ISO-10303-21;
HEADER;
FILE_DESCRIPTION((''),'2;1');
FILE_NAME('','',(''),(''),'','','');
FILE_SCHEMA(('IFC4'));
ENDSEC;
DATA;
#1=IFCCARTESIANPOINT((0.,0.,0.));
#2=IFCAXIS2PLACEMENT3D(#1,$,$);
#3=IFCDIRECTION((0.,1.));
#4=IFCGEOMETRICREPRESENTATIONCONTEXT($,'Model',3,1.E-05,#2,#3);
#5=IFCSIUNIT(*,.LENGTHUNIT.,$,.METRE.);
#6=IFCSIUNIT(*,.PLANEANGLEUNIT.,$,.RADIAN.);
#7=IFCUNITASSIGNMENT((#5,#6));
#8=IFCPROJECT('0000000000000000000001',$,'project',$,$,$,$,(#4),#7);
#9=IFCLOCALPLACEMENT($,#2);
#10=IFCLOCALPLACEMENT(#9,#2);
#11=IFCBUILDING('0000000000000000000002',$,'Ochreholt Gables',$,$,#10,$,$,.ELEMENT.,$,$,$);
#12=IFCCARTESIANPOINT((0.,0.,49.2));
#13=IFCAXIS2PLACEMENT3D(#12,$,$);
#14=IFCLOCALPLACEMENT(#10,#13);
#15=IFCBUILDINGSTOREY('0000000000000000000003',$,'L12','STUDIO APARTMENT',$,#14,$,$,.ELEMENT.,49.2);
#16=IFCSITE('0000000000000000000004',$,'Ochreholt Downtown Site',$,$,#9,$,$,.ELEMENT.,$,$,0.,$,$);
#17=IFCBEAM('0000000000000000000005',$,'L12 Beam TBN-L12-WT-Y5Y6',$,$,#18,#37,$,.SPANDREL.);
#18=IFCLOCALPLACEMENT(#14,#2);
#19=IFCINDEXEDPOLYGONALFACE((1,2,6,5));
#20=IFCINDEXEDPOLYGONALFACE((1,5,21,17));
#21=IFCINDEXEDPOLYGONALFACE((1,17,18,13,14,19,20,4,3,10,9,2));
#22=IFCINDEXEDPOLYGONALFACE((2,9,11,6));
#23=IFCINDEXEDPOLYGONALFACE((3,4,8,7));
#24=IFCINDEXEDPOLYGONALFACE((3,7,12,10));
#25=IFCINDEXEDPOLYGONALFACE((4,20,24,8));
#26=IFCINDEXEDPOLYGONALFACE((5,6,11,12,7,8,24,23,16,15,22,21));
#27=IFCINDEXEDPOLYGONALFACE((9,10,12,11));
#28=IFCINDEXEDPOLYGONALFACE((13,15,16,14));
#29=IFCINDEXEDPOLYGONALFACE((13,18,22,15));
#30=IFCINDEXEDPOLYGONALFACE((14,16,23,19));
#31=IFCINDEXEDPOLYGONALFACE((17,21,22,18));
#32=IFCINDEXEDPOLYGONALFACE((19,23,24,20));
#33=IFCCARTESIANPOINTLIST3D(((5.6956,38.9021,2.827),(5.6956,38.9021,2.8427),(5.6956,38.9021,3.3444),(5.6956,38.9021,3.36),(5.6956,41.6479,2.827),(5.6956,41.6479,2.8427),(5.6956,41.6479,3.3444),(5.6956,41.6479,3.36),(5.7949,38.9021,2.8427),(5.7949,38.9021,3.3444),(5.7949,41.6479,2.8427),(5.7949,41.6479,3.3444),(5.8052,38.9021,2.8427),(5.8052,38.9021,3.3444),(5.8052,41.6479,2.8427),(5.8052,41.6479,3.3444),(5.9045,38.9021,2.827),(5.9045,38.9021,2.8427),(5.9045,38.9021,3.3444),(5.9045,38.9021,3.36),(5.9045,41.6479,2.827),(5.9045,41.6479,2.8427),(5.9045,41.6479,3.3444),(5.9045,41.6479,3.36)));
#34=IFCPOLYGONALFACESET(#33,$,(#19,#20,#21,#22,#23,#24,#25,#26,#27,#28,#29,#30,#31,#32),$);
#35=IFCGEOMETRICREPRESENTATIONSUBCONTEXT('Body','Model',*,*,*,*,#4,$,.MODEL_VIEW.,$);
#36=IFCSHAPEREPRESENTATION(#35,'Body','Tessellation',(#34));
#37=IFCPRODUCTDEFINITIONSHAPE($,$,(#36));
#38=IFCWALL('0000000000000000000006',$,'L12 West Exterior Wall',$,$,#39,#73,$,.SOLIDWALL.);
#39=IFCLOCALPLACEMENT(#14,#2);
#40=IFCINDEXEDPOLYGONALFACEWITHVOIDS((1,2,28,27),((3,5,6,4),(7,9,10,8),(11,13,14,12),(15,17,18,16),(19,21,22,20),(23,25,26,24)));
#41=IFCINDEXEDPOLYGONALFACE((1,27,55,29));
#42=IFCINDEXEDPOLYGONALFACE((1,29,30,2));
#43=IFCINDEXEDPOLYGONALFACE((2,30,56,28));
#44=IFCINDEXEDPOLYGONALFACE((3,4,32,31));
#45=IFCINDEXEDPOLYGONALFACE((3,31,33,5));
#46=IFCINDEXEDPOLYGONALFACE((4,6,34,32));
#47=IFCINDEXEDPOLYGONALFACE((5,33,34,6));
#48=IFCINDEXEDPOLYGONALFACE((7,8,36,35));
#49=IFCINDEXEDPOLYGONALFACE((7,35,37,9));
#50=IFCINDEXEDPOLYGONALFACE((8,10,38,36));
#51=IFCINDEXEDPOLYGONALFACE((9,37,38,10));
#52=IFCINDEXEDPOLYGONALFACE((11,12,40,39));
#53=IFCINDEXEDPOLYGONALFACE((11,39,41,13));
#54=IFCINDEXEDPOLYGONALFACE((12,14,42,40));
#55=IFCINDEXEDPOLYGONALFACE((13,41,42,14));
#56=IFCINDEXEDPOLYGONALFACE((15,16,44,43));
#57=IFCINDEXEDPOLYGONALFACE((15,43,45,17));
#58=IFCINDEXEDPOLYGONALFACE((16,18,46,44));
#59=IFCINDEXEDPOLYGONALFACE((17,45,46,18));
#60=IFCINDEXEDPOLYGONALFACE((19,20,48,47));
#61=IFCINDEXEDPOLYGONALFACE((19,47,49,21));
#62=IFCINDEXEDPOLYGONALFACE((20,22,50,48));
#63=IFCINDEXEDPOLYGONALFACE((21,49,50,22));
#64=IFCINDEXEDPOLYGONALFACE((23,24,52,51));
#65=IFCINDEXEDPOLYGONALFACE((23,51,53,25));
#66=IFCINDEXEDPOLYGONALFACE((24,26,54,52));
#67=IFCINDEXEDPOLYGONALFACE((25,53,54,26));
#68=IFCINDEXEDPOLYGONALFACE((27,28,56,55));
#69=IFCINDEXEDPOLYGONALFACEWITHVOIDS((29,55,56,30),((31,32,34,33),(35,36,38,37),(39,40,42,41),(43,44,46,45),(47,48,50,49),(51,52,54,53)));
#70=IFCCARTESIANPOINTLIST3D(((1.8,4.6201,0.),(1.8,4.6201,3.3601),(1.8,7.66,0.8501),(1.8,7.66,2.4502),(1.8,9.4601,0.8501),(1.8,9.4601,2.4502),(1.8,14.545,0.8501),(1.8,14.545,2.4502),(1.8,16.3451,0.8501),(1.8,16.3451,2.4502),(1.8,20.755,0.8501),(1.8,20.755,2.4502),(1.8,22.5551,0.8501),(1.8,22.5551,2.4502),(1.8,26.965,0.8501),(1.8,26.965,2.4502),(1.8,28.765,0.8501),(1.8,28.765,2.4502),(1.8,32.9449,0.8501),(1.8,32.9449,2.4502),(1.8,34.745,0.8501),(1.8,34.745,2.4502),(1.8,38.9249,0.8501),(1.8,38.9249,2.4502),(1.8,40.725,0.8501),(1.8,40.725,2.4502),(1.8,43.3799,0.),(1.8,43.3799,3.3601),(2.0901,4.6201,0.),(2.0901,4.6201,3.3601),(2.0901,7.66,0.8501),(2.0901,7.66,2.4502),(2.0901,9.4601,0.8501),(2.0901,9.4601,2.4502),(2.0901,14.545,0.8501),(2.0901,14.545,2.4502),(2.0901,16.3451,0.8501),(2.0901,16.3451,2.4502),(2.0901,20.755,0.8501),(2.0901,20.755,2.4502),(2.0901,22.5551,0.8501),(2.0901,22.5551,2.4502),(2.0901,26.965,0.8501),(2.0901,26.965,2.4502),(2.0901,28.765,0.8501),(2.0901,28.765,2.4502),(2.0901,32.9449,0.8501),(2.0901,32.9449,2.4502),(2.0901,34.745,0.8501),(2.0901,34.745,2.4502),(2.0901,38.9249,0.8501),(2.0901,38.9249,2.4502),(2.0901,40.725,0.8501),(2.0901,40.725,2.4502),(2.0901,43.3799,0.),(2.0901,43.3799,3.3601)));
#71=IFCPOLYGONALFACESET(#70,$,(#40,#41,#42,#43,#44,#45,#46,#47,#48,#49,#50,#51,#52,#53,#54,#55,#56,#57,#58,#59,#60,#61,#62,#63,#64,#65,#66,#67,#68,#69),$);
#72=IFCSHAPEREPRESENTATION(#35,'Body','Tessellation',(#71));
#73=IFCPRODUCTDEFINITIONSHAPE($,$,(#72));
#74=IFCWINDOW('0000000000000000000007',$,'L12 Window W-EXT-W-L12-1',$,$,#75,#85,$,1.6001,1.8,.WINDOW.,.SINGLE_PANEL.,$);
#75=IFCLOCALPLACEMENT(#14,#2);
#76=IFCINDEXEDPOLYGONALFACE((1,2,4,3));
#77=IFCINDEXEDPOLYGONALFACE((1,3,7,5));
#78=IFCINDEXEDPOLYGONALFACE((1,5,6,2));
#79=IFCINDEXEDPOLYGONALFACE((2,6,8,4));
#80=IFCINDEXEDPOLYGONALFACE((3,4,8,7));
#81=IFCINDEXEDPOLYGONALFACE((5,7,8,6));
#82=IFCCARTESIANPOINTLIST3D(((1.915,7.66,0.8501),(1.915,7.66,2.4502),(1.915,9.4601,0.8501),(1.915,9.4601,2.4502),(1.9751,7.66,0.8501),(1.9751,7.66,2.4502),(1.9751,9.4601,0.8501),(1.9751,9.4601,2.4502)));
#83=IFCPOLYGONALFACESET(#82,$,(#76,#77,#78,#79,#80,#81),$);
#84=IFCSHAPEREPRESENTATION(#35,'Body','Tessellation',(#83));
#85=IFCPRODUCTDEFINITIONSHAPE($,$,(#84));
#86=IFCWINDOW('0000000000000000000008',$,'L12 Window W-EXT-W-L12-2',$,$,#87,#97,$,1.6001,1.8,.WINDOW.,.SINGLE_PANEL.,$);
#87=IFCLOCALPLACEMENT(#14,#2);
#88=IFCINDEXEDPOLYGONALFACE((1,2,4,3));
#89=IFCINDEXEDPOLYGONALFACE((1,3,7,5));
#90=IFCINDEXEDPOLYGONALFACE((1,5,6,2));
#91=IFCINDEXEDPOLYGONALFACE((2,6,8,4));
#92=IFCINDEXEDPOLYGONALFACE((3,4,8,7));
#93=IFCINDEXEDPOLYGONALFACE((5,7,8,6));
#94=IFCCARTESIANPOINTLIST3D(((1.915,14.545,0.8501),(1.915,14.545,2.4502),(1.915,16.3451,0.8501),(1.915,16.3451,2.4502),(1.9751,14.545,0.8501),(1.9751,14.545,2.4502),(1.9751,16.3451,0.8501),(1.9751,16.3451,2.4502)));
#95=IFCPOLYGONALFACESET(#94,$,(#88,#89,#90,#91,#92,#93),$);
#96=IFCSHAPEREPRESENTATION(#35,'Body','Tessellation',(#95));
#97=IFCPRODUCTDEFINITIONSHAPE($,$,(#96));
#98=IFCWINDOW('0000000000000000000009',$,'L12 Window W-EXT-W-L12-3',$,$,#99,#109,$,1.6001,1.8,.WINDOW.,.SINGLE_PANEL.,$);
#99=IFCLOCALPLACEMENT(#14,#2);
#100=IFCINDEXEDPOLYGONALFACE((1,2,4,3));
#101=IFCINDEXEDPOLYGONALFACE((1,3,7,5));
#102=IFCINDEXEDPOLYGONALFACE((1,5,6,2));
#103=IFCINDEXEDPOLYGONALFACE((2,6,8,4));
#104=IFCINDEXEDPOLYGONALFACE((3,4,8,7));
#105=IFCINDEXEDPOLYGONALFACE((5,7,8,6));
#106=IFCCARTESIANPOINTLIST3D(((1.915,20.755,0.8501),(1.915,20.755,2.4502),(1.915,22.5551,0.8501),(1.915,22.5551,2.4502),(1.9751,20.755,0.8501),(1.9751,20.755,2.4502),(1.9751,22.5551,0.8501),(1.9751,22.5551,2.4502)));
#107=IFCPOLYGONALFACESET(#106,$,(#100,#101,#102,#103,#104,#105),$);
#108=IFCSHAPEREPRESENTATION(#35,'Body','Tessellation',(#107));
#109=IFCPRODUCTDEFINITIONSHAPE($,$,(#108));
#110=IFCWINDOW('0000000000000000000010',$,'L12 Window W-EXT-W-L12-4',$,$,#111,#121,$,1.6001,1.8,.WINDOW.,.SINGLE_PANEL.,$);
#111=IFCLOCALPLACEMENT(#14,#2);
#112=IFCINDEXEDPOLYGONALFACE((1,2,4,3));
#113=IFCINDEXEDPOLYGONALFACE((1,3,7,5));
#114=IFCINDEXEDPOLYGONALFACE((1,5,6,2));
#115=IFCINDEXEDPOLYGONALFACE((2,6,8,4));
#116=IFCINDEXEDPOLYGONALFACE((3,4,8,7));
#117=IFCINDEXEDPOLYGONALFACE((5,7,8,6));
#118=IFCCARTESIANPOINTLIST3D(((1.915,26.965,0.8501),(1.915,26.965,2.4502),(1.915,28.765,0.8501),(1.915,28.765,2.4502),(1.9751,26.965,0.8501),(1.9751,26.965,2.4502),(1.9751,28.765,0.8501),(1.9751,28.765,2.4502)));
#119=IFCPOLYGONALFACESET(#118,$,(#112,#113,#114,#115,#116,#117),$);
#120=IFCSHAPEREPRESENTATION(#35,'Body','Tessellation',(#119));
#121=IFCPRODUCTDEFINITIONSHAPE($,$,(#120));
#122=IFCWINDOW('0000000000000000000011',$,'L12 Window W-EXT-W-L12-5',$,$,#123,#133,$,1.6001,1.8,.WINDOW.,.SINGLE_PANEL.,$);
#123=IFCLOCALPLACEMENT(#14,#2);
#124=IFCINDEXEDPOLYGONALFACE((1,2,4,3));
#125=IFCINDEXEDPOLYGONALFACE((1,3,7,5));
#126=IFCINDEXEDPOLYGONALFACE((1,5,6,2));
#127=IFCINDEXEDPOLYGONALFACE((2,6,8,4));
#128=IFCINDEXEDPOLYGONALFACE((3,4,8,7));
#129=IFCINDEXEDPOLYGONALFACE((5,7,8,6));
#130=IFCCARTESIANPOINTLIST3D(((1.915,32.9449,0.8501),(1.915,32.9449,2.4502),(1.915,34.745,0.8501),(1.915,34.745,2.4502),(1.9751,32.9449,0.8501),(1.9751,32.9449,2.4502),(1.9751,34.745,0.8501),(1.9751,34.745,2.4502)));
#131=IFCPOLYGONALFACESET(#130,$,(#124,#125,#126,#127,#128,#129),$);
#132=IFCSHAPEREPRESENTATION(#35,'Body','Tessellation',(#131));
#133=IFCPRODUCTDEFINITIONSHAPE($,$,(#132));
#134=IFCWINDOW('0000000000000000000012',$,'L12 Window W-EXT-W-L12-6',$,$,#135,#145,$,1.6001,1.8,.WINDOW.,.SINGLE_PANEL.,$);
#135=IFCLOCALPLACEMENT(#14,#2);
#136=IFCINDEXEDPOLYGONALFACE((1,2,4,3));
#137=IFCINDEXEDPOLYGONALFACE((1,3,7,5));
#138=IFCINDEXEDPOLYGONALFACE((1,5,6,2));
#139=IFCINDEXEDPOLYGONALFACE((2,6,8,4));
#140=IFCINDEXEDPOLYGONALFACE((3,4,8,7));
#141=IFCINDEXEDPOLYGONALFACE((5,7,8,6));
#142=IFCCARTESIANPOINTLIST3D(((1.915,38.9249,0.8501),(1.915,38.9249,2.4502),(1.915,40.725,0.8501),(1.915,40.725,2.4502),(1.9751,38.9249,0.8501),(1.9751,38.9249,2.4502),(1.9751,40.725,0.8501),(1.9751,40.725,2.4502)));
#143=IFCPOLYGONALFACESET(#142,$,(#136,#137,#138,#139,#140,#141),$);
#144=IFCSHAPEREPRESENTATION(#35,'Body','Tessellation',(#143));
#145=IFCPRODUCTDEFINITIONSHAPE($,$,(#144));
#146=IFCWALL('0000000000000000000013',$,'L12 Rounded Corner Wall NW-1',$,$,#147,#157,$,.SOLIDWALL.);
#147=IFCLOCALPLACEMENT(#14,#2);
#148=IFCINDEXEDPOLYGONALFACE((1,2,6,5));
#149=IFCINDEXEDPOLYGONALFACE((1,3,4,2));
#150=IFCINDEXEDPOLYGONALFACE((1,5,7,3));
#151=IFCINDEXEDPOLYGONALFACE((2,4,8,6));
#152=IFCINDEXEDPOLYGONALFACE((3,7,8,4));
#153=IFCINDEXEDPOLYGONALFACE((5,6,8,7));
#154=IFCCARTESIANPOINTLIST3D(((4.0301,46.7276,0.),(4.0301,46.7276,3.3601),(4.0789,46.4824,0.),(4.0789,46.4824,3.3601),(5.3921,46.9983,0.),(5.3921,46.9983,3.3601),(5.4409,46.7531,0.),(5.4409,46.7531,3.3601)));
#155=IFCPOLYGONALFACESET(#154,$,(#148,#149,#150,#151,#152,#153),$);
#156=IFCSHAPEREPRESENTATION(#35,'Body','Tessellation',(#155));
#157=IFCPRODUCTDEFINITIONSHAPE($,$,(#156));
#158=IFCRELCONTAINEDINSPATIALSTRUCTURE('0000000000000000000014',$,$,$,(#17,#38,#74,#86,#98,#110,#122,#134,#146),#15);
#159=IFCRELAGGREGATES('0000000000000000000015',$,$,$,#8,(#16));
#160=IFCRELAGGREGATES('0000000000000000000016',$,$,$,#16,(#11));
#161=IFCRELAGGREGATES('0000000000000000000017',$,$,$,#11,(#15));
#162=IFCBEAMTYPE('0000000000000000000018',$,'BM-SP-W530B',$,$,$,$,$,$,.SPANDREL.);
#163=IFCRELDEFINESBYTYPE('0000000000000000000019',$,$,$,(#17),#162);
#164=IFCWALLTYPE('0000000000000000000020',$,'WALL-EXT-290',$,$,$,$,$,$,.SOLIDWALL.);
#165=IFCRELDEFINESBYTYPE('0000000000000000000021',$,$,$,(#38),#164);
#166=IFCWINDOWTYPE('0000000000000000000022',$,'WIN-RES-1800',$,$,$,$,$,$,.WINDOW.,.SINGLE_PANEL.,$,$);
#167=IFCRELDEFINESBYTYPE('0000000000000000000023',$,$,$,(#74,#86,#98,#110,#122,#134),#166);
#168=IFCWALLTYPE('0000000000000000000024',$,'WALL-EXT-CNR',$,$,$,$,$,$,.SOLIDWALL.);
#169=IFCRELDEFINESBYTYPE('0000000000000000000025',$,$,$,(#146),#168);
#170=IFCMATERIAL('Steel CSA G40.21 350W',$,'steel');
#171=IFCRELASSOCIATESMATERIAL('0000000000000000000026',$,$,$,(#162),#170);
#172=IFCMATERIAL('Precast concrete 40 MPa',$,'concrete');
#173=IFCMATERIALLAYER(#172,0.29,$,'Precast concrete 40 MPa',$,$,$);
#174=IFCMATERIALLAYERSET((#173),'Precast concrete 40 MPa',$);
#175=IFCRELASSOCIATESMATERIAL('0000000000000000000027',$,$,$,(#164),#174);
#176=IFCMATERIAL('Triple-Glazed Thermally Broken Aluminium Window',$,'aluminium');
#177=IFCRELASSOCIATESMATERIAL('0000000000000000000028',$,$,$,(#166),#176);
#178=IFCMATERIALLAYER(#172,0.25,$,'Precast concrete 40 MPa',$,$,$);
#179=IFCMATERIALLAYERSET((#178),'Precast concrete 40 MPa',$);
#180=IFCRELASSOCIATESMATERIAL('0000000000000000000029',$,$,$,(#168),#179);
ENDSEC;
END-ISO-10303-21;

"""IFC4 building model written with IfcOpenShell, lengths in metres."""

from ifc_helpers import new_model, si_unit, direction, frame, frame_2d, origin, origin_2d, place, context, subcontext, project, spatial, rectangle, i_section, extrude, material, layer, layer_set, material_profile, profile_set, type_object, element, fill, save


model = new_model("IFC4")

# Units and contexts
model_context = context("Model", 3, precision=1e-05, world=origin(), true_north=direction((0.0, 1.0)))
body_context = subcontext(model_context, "Body", "Model", "MODEL_VIEW")
ifc_project = project(units=[si_unit("LENGTHUNIT", "METRE"), si_unit("PLANEANGLEUNIT", "RADIAN")], contexts=[model_context])

# Site, building, storey
site_placement = place(None, origin())
site = spatial("IfcSite", under=ifc_project, at=site_placement, Name="Ochreholt Downtown Site", CompositionType="ELEMENT", RefElevation=0.0)
building_placement = place(site_placement, origin())
building = spatial("IfcBuilding", under=site, at=building_placement, Name="Ochreholt Gables", CompositionType="ELEMENT")
storey_placement = place(building_placement, frame((0.0, 0.0, 49.2)))
storey = spatial("IfcBuildingStorey", under=building, at=storey_placement, Name="L12", Description="STUDIO APARTMENT", CompositionType="ELEMENT", Elevation=49.2)

# Shared definitions
ifc_material_1 = material(Name="Steel CSA G40.21 350W", Category="steel")

# Beam
ifc_material_profile_1 = material_profile(ifc_material_1, i_section(OverallWidth=0.209, OverallDepth=0.533, WebThickness=0.0103, FlangeThickness=0.0156, at=origin_2d()), Name="W530X92")
ifc_profile_set_1 = profile_set([ifc_material_profile_1], Name="Steel CSA G40.21 350W")
beam_type_1 = type_object("IfcBeamType", Name="BM-SP-W530B", PredefinedType="SPANDREL", material=ifc_profile_set_1)
beam_1_placement = place(storey_placement, frame((5.8, 38.9021, 3.0935), z_axis=(0.0, 1.0, 0.0), x_axis=(-1.0, 0.0, 0.0)))
element("IfcBeam", 1, at=beam_1_placement, inside=storey, type_object=beam_type_1, Name="L12 Beam TBN-L12-WT-Y5Y6", PredefinedType="SPANDREL", context=body_context, shape_type="SweptSolid", body=[
    extrude(i_section(OverallWidth=0.209, OverallDepth=0.533, WebThickness=0.0103, FlangeThickness=0.0156, at=origin_2d()), origin(), (0.0, 0.0, 1.0), 2.7458),
])

# Wall, openings, windows
ifc_material_2 = material(Name="Precast concrete 40 MPa", Category="concrete")
ifc_layer_1 = layer(ifc_material_2, 0.29, Name="Precast concrete 40 MPa")
ifc_layer_set_1 = layer_set([ifc_layer_1], Name="Precast concrete 40 MPa")
wall_type_1 = type_object("IfcWallType", Name="WALL-EXT-290", PredefinedType="SOLIDWALL", material=ifc_layer_set_1)
wall_1_placement = place(storey_placement, frame((1.9451, 43.3799, 0.0), z_axis=(0.0, 0.0, 1.0), x_axis=(0.0, -1.0, 0.0)))
wall_1 = element("IfcWall", 2, at=wall_1_placement, inside=storey, type_object=wall_type_1, Name="L12 West Exterior Wall", PredefinedType="SOLIDWALL", context=body_context, shape_type="SweptSolid", body=[
    extrude(rectangle(XDim=38.7598, YDim=0.29, at=frame_2d((19.3799, 0.0))), origin(), (0.0, 0.0, 1.0), 3.3601),
])
opening_1_placement = place(wall_1_placement, frame((33.9199, 0.0, 0.8501)))
opening_1 = element("IfcOpeningElement", 3, at=opening_1_placement, cuts=wall_1, PredefinedType="OPENING", context=body_context, shape_type="SweptSolid", body=[
    extrude(rectangle(XDim=1.8, YDim=1.6001, at=frame_2d((0.8999, 0.8))), frame((0.0, 0.155, 0.0), z_axis=(0.0, -1.0, 0.0), x_axis=(1.0, 0.0, 0.0)), (0.0, 0.0, 1.0), 0.3101),
])
opening_2_placement = place(wall_1_placement, frame((27.0349, 0.0, 0.8501)))
opening_2 = element("IfcOpeningElement", 4, at=opening_2_placement, cuts=wall_1, PredefinedType="OPENING", context=body_context, shape_type="SweptSolid", body=[
    extrude(rectangle(XDim=1.8, YDim=1.6001, at=frame_2d((0.8999, 0.8))), frame((0.0, 0.155, 0.0), z_axis=(0.0, -1.0, 0.0), x_axis=(1.0, 0.0, 0.0)), (0.0, 0.0, 1.0), 0.3101),
])
opening_3_placement = place(wall_1_placement, frame((20.825, 0.0, 0.8501)))
opening_3 = element("IfcOpeningElement", 5, at=opening_3_placement, cuts=wall_1, PredefinedType="OPENING", context=body_context, shape_type="SweptSolid", body=[
    extrude(rectangle(XDim=1.8, YDim=1.6001, at=frame_2d((0.8999, 0.8))), frame((0.0, 0.155, 0.0), z_axis=(0.0, -1.0, 0.0), x_axis=(1.0, 0.0, 0.0)), (0.0, 0.0, 1.0), 0.3101),
])
opening_4_placement = place(wall_1_placement, frame((14.615, 0.0, 0.8501)))
opening_4 = element("IfcOpeningElement", 6, at=opening_4_placement, cuts=wall_1, PredefinedType="OPENING", context=body_context, shape_type="SweptSolid", body=[
    extrude(rectangle(XDim=1.8, YDim=1.6001, at=frame_2d((0.8999, 0.8))), frame((0.0, 0.155, 0.0), z_axis=(0.0, -1.0, 0.0), x_axis=(1.0, 0.0, 0.0)), (0.0, 0.0, 1.0), 0.3101),
])
opening_5_placement = place(wall_1_placement, frame((8.635, 0.0, 0.8501)))
opening_5 = element("IfcOpeningElement", 7, at=opening_5_placement, cuts=wall_1, PredefinedType="OPENING", context=body_context, shape_type="SweptSolid", body=[
    extrude(rectangle(XDim=1.8, YDim=1.6001, at=frame_2d((0.8999, 0.8))), frame((0.0, 0.155, 0.0), z_axis=(0.0, -1.0, 0.0), x_axis=(1.0, 0.0, 0.0)), (0.0, 0.0, 1.0), 0.3101),
])
opening_6_placement = place(wall_1_placement, frame((2.655, 0.0, 0.8501)))
opening_6 = element("IfcOpeningElement", 8, at=opening_6_placement, cuts=wall_1, PredefinedType="OPENING", context=body_context, shape_type="SweptSolid", body=[
    extrude(rectangle(XDim=1.8, YDim=1.6001, at=frame_2d((0.8999, 0.8))), frame((0.0, 0.155, 0.0), z_axis=(0.0, -1.0, 0.0), x_axis=(1.0, 0.0, 0.0)), (0.0, 0.0, 1.0), 0.3101),
])
ifc_material_3 = material(Name="Triple-Glazed Thermally Broken Aluminium Window", Category="aluminium")
window_type_1 = type_object("IfcWindowType", Name="WIN-RES-1800", PartitioningType="SINGLE_PANEL", PredefinedType="WINDOW", material=ifc_material_3)
window_1_placement = place(opening_1_placement, origin())
window_1 = element("IfcWindow", 9, at=window_1_placement, inside=storey, type_object=window_type_1, Name="L12 Window W-EXT-W-L12-1", OverallHeight=1.6001, OverallWidth=1.8, PartitioningType="SINGLE_PANEL", PredefinedType="WINDOW", context=body_context, shape_type="SweptSolid", body=[
    extrude(rectangle(XDim=1.8, YDim=1.6001, at=frame_2d((0.8999, 0.8))), frame((0.0, 0.03, 0.0), z_axis=(0.0, -1.0, 0.0), x_axis=(1.0, 0.0, 0.0)), (0.0, 0.0, 1.0), 0.0601),
])
fill(opening_1, window_1)
window_2_placement = place(opening_2_placement, origin())
window_2 = element("IfcWindow", 10, at=window_2_placement, inside=storey, type_object=window_type_1, Name="L12 Window W-EXT-W-L12-2", OverallHeight=1.6001, OverallWidth=1.8, PartitioningType="SINGLE_PANEL", PredefinedType="WINDOW", context=body_context, shape_type="SweptSolid", body=[
    extrude(rectangle(XDim=1.8, YDim=1.6001, at=frame_2d((0.8999, 0.8))), frame((0.0, 0.03, 0.0), z_axis=(0.0, -1.0, 0.0), x_axis=(1.0, 0.0, 0.0)), (0.0, 0.0, 1.0), 0.0601),
])
fill(opening_2, window_2)
window_3_placement = place(opening_3_placement, origin())
window_3 = element("IfcWindow", 11, at=window_3_placement, inside=storey, type_object=window_type_1, Name="L12 Window W-EXT-W-L12-3", OverallHeight=1.6001, OverallWidth=1.8, PartitioningType="SINGLE_PANEL", PredefinedType="WINDOW", context=body_context, shape_type="SweptSolid", body=[
    extrude(rectangle(XDim=1.8, YDim=1.6001, at=frame_2d((0.8999, 0.8))), frame((0.0, 0.03, 0.0), z_axis=(0.0, -1.0, 0.0), x_axis=(1.0, 0.0, 0.0)), (0.0, 0.0, 1.0), 0.0601),
])
fill(opening_3, window_3)
window_4_placement = place(opening_4_placement, origin())
window_4 = element("IfcWindow", 12, at=window_4_placement, inside=storey, type_object=window_type_1, Name="L12 Window W-EXT-W-L12-4", OverallHeight=1.6001, OverallWidth=1.8, PartitioningType="SINGLE_PANEL", PredefinedType="WINDOW", context=body_context, shape_type="SweptSolid", body=[
    extrude(rectangle(XDim=1.8, YDim=1.6001, at=frame_2d((0.8999, 0.8))), frame((0.0, 0.03, 0.0), z_axis=(0.0, -1.0, 0.0), x_axis=(1.0, 0.0, 0.0)), (0.0, 0.0, 1.0), 0.0601),
])
fill(opening_4, window_4)
window_5_placement = place(opening_5_placement, origin())
window_5 = element("IfcWindow", 13, at=window_5_placement, inside=storey, type_object=window_type_1, Name="L12 Window W-EXT-W-L12-5", OverallHeight=1.6001, OverallWidth=1.8, PartitioningType="SINGLE_PANEL", PredefinedType="WINDOW", context=body_context, shape_type="SweptSolid", body=[
    extrude(rectangle(XDim=1.8, YDim=1.6001, at=frame_2d((0.8999, 0.8))), frame((0.0, 0.03, 0.0), z_axis=(0.0, -1.0, 0.0), x_axis=(1.0, 0.0, 0.0)), (0.0, 0.0, 1.0), 0.0601),
])
fill(opening_5, window_5)
window_6_placement = place(opening_6_placement, origin())
window_6 = element("IfcWindow", 14, at=window_6_placement, inside=storey, type_object=window_type_1, Name="L12 Window W-EXT-W-L12-6", OverallHeight=1.6001, OverallWidth=1.8, PartitioningType="SINGLE_PANEL", PredefinedType="WINDOW", context=body_context, shape_type="SweptSolid", body=[
    extrude(rectangle(XDim=1.8, YDim=1.6001, at=frame_2d((0.8999, 0.8))), frame((0.0, 0.03, 0.0), z_axis=(0.0, -1.0, 0.0), x_axis=(1.0, 0.0, 0.0)), (0.0, 0.0, 1.0), 0.0601),
])
fill(opening_6, window_6)

# Wall
ifc_layer_2 = layer(ifc_material_2, 0.25, Name="Precast concrete 40 MPa")
ifc_layer_set_2 = layer_set([ifc_layer_2], Name="Precast concrete 40 MPa")
wall_type_2 = type_object("IfcWallType", Name="WALL-EXT-CNR", PredefinedType="SOLIDWALL", material=ifc_layer_set_2)
wall_2_placement = place(storey_placement, frame((5.4165, 46.8757, 0.0), z_axis=(0.0, 0.0, 1.0), x_axis=(-0.98081, -0.194967, 0.0)))
element("IfcWall", 15, at=wall_2_placement, inside=storey, type_object=wall_type_2, Name="L12 Rounded Corner Wall NW-1", PredefinedType="SOLIDWALL", context=body_context, shape_type="SweptSolid", body=[
    extrude(rectangle(XDim=1.3887, YDim=0.25, at=frame_2d((0.6943, 0.0))), origin(), (0.0, 0.0, 1.0), 3.3601),
])

save(model, "model.ifc")
